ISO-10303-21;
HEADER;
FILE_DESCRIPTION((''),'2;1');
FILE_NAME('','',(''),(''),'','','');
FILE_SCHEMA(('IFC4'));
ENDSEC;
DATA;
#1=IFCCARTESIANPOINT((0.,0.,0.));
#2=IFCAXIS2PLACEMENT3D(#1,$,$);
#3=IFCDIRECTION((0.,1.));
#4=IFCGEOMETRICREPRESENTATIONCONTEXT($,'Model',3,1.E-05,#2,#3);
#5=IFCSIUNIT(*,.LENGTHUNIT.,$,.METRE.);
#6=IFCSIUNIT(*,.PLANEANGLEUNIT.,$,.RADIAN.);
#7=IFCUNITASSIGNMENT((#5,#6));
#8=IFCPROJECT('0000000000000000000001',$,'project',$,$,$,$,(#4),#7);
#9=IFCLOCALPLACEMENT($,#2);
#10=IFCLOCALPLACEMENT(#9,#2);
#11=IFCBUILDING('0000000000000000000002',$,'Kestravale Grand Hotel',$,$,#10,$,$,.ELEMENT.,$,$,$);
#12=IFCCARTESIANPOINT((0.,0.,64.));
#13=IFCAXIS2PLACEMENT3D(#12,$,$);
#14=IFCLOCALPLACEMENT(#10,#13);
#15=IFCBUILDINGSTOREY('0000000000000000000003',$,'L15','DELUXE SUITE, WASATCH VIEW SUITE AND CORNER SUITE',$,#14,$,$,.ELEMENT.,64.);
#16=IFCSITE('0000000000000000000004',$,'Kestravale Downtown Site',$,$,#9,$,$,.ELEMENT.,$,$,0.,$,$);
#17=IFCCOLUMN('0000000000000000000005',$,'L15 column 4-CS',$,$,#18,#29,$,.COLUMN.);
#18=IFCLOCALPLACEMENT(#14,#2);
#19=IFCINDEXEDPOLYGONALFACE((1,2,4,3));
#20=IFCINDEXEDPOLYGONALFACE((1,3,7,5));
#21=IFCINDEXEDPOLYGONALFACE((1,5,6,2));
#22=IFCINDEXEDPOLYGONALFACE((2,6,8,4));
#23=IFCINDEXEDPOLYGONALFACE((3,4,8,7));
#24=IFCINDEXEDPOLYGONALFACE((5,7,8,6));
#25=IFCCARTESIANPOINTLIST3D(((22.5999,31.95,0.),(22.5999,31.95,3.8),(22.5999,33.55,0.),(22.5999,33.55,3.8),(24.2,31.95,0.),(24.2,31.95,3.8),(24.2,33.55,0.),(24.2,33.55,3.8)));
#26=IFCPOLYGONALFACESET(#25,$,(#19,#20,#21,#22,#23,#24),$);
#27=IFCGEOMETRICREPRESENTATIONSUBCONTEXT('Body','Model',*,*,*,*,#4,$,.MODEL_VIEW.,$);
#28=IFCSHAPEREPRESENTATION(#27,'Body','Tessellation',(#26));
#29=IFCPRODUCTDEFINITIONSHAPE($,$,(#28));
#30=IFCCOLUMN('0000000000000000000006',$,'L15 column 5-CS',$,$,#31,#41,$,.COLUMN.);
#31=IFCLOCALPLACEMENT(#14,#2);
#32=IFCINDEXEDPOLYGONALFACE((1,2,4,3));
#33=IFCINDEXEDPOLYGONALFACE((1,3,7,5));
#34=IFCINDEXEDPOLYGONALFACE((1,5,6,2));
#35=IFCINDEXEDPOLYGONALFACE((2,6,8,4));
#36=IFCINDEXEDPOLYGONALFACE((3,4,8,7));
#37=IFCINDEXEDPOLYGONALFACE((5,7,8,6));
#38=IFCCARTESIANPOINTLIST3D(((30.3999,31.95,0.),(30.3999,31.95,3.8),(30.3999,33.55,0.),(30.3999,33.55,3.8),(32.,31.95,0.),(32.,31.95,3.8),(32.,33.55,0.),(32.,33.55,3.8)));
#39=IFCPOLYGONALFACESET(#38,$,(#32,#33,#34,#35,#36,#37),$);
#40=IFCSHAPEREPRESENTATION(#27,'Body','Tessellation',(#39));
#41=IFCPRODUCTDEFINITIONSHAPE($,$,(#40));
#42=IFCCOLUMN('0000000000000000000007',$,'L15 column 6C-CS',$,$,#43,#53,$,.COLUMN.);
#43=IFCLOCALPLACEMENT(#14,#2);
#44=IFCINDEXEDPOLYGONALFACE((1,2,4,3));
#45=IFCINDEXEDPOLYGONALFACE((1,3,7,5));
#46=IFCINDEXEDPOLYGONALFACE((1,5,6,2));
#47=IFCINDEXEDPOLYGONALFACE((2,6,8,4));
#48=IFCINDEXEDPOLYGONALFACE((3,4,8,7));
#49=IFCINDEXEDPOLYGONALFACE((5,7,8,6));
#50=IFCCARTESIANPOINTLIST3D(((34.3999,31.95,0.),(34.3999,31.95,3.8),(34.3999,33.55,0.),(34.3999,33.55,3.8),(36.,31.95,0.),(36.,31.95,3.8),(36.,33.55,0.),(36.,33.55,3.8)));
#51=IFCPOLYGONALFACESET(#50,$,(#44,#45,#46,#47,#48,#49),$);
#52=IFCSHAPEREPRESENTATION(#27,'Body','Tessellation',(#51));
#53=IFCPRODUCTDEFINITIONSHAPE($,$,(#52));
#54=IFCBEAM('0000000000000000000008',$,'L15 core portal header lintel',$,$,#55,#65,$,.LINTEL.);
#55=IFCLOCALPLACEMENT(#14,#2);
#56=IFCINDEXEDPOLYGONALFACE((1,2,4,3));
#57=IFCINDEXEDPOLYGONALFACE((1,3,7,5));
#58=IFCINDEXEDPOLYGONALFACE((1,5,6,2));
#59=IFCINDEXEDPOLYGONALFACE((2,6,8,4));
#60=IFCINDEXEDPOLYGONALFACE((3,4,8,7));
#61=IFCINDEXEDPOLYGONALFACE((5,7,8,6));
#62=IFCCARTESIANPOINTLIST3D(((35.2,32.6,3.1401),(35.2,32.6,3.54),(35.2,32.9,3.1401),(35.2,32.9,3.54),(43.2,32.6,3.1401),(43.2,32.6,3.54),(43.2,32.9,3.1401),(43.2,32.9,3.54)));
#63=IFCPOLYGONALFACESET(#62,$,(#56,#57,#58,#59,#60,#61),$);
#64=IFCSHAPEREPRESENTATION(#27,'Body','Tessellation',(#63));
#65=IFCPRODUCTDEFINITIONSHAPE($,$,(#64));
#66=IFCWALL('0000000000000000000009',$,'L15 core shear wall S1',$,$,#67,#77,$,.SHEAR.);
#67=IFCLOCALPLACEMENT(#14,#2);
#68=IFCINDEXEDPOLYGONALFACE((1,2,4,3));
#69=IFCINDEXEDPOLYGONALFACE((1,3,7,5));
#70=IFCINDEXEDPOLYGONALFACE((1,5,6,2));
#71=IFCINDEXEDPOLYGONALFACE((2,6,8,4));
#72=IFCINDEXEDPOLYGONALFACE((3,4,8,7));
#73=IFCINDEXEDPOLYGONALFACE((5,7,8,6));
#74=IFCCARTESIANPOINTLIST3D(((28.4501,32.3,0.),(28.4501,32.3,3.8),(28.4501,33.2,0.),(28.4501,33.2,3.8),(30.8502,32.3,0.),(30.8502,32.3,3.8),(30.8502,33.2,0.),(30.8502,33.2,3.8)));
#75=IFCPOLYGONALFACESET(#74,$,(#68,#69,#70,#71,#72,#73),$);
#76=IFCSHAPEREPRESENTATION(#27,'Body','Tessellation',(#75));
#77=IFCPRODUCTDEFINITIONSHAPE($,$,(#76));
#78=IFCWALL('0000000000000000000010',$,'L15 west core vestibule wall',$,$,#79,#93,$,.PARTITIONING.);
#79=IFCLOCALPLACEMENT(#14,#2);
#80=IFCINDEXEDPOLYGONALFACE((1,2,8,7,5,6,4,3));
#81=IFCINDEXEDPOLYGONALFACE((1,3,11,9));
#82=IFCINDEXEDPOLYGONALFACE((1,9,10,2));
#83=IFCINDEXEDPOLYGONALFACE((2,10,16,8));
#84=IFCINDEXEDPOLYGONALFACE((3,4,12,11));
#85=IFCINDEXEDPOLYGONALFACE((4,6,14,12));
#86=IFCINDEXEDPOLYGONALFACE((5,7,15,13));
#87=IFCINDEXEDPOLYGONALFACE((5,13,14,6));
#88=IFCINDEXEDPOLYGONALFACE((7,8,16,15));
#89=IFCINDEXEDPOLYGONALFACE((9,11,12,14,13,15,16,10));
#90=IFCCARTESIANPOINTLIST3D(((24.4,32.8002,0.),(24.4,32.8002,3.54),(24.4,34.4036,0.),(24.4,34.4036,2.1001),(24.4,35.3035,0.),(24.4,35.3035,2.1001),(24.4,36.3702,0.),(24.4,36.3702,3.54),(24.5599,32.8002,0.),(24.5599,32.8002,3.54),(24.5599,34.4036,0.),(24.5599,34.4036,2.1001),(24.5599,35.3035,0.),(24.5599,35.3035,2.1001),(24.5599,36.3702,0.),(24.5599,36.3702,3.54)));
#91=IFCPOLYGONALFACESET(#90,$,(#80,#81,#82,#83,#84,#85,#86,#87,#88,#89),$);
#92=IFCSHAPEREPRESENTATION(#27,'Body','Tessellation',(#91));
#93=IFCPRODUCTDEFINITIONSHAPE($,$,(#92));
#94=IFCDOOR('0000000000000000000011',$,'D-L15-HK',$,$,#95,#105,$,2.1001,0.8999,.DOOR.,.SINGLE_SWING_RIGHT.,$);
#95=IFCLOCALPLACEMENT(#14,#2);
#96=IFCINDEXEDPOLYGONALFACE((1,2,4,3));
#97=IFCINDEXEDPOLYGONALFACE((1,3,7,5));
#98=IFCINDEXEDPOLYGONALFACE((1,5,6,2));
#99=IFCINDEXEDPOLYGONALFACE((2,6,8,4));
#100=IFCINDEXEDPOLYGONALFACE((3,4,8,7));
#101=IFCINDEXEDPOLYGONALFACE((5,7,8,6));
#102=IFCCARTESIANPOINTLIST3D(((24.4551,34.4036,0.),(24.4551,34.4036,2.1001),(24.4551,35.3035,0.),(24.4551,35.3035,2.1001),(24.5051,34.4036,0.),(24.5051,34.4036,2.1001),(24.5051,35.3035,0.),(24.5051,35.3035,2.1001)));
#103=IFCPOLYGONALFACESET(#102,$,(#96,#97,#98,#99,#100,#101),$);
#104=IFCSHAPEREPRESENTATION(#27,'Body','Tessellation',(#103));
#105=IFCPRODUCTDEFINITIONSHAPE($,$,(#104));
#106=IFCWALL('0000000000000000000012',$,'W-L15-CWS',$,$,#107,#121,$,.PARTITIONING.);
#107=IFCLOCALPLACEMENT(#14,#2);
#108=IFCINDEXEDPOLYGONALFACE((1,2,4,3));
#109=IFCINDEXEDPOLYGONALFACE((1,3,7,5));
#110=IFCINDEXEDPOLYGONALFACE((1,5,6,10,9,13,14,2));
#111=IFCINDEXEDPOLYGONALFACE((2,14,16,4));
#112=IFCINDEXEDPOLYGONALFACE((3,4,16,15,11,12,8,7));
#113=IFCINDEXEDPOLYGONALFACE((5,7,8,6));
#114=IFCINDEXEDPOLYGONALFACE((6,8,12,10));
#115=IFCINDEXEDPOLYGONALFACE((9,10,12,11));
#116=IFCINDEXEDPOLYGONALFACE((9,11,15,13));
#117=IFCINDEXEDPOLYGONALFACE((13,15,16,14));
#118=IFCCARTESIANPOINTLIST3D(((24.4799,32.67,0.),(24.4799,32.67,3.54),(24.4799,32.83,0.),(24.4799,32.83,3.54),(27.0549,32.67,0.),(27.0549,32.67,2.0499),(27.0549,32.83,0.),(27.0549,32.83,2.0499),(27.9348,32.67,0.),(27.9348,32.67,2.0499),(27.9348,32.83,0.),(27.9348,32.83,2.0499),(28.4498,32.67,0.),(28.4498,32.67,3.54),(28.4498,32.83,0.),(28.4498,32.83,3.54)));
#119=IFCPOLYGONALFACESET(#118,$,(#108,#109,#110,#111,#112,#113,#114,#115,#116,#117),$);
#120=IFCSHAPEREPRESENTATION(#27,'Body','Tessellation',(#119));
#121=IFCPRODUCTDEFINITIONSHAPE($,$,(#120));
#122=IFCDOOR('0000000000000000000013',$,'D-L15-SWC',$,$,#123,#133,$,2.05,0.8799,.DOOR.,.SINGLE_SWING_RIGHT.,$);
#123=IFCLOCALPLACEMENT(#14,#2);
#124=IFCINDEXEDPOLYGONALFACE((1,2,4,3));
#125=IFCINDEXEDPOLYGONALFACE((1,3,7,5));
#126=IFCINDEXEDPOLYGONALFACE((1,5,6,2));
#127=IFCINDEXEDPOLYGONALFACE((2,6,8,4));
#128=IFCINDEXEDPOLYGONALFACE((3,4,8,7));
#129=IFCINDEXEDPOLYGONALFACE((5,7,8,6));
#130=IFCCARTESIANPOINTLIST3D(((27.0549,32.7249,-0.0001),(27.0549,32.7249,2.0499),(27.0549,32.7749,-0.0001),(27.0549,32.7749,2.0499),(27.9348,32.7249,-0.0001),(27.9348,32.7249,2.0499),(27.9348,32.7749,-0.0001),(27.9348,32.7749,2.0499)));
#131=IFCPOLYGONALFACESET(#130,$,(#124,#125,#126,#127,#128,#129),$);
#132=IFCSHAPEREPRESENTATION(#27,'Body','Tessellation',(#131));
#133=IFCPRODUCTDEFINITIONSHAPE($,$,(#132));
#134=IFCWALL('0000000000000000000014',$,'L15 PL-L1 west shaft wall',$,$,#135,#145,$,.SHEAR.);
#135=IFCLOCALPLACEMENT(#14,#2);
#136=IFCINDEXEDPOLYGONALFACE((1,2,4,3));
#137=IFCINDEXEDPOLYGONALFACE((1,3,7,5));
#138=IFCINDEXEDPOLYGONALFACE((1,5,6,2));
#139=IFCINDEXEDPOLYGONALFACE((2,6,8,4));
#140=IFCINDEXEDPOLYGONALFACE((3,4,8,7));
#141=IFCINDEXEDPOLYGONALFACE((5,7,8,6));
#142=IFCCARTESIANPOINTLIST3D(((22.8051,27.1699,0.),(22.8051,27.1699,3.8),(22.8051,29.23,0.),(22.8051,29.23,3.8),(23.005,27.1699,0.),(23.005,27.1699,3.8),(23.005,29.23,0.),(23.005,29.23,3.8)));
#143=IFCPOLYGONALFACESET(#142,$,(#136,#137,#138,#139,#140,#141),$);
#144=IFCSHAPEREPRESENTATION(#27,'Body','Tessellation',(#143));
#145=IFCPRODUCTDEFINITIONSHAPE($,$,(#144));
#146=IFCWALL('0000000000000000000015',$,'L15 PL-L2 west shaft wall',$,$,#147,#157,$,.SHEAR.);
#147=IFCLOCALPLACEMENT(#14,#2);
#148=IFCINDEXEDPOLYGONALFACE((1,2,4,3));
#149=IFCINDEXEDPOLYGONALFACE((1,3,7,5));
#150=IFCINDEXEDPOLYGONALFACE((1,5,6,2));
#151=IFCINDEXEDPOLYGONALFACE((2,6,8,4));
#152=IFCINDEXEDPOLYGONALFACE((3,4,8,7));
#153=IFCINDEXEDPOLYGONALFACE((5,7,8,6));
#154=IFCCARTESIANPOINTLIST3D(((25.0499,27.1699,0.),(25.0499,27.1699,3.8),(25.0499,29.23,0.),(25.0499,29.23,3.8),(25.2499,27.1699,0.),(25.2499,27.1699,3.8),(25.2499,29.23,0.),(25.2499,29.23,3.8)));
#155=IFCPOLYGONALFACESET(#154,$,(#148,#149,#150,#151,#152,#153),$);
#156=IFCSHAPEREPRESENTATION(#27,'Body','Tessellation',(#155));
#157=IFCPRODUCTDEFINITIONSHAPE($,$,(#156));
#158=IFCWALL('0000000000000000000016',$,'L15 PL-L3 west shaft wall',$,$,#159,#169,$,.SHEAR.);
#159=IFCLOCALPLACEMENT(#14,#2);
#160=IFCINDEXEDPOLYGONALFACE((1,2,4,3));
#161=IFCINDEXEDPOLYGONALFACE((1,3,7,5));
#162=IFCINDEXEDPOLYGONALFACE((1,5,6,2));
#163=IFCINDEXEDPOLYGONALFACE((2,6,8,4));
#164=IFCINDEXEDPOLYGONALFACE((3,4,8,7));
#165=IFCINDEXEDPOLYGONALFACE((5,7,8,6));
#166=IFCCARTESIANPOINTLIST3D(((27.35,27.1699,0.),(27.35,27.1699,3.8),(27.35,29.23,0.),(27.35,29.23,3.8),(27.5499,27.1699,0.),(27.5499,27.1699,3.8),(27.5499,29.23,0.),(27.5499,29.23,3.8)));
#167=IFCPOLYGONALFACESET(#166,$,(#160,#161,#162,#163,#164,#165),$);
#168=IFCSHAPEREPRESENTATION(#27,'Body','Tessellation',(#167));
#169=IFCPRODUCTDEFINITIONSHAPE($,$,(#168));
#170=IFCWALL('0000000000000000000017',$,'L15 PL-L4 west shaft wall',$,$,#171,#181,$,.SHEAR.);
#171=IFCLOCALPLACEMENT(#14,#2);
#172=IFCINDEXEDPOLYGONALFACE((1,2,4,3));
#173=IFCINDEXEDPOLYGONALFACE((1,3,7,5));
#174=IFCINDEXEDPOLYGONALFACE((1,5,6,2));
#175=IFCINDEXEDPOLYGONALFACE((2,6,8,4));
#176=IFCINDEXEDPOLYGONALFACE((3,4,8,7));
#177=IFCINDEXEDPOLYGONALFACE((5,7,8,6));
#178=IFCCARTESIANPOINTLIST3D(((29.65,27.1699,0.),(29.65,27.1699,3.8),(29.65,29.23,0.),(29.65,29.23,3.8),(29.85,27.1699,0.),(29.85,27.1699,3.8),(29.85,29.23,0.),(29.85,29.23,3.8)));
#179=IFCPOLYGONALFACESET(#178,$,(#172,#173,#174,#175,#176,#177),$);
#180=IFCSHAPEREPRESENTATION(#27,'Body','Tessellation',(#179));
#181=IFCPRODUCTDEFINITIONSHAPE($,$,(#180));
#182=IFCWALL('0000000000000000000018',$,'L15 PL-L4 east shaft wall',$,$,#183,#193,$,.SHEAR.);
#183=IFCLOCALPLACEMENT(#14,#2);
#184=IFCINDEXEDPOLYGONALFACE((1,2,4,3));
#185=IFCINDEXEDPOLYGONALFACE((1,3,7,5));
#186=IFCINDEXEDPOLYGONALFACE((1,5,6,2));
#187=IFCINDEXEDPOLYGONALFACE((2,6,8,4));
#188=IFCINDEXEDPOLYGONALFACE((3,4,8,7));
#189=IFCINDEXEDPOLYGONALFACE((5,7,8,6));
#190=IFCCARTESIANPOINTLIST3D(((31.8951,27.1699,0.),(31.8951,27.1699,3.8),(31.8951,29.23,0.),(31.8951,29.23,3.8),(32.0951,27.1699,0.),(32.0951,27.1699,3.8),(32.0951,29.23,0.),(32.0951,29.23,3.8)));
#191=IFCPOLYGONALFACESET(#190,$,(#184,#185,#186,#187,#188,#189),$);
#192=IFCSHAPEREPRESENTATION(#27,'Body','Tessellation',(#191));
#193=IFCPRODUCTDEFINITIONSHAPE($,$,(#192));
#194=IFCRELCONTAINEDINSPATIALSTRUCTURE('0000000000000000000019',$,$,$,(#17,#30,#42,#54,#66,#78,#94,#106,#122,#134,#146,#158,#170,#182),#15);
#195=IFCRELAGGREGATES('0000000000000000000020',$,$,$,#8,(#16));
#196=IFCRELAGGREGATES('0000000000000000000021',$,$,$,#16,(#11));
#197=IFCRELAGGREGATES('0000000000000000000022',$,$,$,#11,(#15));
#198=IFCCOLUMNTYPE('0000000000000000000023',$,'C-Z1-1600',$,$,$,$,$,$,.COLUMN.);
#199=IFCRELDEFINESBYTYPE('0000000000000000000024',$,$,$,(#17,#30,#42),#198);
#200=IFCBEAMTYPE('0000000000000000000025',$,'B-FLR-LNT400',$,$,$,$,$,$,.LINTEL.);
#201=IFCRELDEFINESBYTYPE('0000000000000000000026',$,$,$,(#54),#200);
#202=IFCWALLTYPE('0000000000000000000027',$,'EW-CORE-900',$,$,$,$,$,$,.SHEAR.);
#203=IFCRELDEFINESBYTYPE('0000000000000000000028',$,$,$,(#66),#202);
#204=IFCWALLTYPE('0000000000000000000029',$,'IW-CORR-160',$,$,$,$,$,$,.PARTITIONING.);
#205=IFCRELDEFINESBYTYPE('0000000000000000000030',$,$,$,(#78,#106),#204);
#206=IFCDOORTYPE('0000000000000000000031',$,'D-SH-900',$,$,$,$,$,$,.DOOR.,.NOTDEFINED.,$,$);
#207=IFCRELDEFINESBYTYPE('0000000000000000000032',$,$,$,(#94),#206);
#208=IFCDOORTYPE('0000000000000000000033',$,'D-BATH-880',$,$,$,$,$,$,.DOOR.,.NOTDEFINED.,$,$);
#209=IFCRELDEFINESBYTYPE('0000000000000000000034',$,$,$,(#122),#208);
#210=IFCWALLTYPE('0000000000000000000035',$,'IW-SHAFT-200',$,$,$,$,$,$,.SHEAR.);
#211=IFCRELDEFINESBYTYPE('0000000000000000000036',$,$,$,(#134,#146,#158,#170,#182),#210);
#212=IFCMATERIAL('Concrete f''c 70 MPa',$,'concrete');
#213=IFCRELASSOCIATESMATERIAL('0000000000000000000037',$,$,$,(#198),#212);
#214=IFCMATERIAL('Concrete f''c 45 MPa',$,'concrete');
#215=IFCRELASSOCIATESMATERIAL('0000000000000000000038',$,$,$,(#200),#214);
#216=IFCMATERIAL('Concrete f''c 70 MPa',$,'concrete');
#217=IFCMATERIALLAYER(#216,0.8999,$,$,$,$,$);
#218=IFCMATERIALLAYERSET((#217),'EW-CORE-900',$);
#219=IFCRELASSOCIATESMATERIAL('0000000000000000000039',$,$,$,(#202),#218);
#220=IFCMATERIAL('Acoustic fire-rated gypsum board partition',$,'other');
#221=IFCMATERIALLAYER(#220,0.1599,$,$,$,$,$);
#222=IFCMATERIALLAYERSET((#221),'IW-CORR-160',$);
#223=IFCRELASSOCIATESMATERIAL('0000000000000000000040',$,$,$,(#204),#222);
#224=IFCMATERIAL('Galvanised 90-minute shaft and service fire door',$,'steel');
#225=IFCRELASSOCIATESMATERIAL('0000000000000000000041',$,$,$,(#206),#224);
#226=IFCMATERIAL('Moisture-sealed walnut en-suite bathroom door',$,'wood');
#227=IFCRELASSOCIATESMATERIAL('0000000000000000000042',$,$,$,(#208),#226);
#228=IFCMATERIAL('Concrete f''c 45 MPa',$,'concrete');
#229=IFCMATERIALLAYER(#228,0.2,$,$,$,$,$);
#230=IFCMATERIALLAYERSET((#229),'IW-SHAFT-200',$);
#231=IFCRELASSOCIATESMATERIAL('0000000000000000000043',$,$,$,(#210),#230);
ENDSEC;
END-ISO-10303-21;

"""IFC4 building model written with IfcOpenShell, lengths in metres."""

from ifc_helpers import new_model, si_unit, direction, frame, frame_2d, origin, origin_2d, place, context, subcontext, project, spatial, rectangle, extrude, material, layer, layer_set, material_profile, profile_set, type_object, element, fill, save


model = new_model("IFC4")

# Units and contexts
model_context = context("Model", 3, precision=1e-05, world=origin(), true_north=direction((0.0, 1.0)))
body_context = subcontext(model_context, "Body", "Model", "MODEL_VIEW")
ifc_project = project(units=[si_unit("LENGTHUNIT", "METRE"), si_unit("PLANEANGLEUNIT", "RADIAN")], contexts=[model_context])

# Site, building, storey
site_placement = place(None, origin())
site = spatial("IfcSite", under=ifc_project, at=site_placement, Name="Kestravale Downtown Site", CompositionType="ELEMENT", RefElevation=0.0)
building_placement = place(site_placement, origin())
building = spatial("IfcBuilding", under=site, at=building_placement, Name="Kestravale Grand Hotel", CompositionType="ELEMENT")
storey_placement = place(building_placement, frame((0.0, 0.0, 64.0)))
storey = spatial("IfcBuildingStorey", under=building, at=storey_placement, Name="L15", Description="DELUXE SUITE, WASATCH VIEW SUITE AND CORNER SUITE", CompositionType="ELEMENT", Elevation=64.0)

# Columns
ifc_material_1 = material(Name="Concrete f'c 70 MPa", Category="concrete")
ifc_material_profile_1 = material_profile(ifc_material_1, rectangle(XDim=1.6001, YDim=1.6001, at=origin_2d()))
ifc_profile_set_1 = profile_set([ifc_material_profile_1], Name="Concrete f'c 70 MPa")
column_type = type_object("IfcColumnType", Name="C-Z1-1600", PredefinedType="COLUMN", material=ifc_profile_set_1)
for number, where, z_axis, x_axis, name in (
    (1, (23.3999, 32.75, 0.0), (0.0, 0.0, 1.0), (1.0, 0.0, 0.0), "L15 column 4-CS"),
    (2, (31.2, 32.75, 0.0), (0.0, 0.0, 1.0), (1.0, 0.0, 0.0), "L15 column 5-CS"),
    (3, (35.2, 32.75, 0.0), (0.0, 0.0, 1.0), (1.0, 0.0, 0.0), "L15 column 6C-CS"),
):
    element("IfcColumn", number, at=place(storey_placement, frame(where, z_axis=z_axis, x_axis=x_axis)), inside=storey, type_object=column_type, Name=name, PredefinedType="COLUMN", context=body_context, shape_type="SweptSolid", body=[
        extrude(rectangle(XDim=1.6001, YDim=1.6001, at=origin_2d()), origin(), (0.0, 0.0, 1.0), 3.8),
    ])

# Beam
ifc_material_2 = material(Name="Concrete f'c 45 MPa", Category="concrete")
ifc_material_profile_2 = material_profile(ifc_material_2, rectangle(XDim=0.3, YDim=0.3999, at=origin_2d()))
ifc_profile_set_2 = profile_set([ifc_material_profile_2], Name="Concrete f'c 45 MPa")
beam_type = type_object("IfcBeamType", Name="B-FLR-LNT400", PredefinedType="LINTEL", material=ifc_profile_set_2)
beam_placement = place(storey_placement, frame((35.2, 32.75, 3.3401), z_axis=(1.0, 0.0, 0.0), x_axis=(0.0, 1.0, 0.0)))
element("IfcBeam", 4, at=beam_placement, inside=storey, type_object=beam_type, Name="L15 core portal header lintel", PredefinedType="LINTEL", context=body_context, shape_type="SweptSolid", body=[
    extrude(rectangle(XDim=0.3, YDim=0.3999, at=origin_2d()), origin(), (0.0, 0.0, 1.0), 8.0),
])

# Wall
ifc_material_3 = material(Name="Concrete f'c 70 MPa", Category="concrete")
ifc_layer_1 = layer(ifc_material_3, 0.8999)
ifc_layer_set_1 = layer_set([ifc_layer_1], Name="EW-CORE-900")
wall_type_1 = type_object("IfcWallType", Name="EW-CORE-900", PredefinedType="SHEAR", material=ifc_layer_set_1)
wall_1_placement = place(storey_placement, frame((28.45, 32.75, 0.0), z_axis=(0.0, 0.0, 1.0), x_axis=(1.0, 0.0, 0.0)))
element("IfcWall", 5, at=wall_1_placement, inside=storey, type_object=wall_type_1, Name="L15 core shear wall S1", PredefinedType="SHEAR", context=body_context, shape_type="SweptSolid", body=[
    extrude(rectangle(XDim=2.4001, YDim=0.8999, at=frame_2d((1.2002, 0.0))), origin(), (0.0, 0.0, 1.0), 3.8),
])

# Walls, openings, doors
ifc_material_4 = material(Name="Acoustic fire-rated gypsum board partition", Category="other")
ifc_layer_2 = layer(ifc_material_4, 0.1599)
ifc_layer_set_2 = layer_set([ifc_layer_2], Name="IW-CORR-160")
wall_type_2 = type_object("IfcWallType", Name="IW-CORR-160", PredefinedType="PARTITIONING", material=ifc_layer_set_2)
wall_2_placement = place(storey_placement, frame((24.48, 32.8, 0.0), z_axis=(0.0, 0.0, 1.0), x_axis=(0.0, 1.0, 0.0)))
wall_2 = element("IfcWall", 6, at=wall_2_placement, inside=storey, type_object=wall_type_2, Name="L15 west core vestibule wall", PredefinedType="PARTITIONING", context=body_context, shape_type="SweptSolid", body=[
    extrude(rectangle(XDim=3.5701, YDim=0.1599, at=frame_2d((1.7852, 0.0))), origin(), (0.0, 0.0, 1.0), 3.54),
])
opening_1_placement = place(wall_2_placement, frame((1.6035, 0.0, 0.0)))
opening_1 = element("IfcOpeningElement", 7, at=opening_1_placement, cuts=wall_2, PredefinedType="OPENING", context=body_context, shape_type="SweptSolid", body=[
    extrude(rectangle(XDim=0.8999, YDim=2.1001, at=frame_2d((0.45, 1.05))), frame((0.0, 0.0898, 0.0), z_axis=(0.0, -1.0, 0.0), x_axis=(1.0, 0.0, 0.0)), (0.0, 0.0, 1.0), 0.1799),
])
ifc_material_5 = material(Name="Galvanised 90-minute shaft and service fire door", Category="steel")
door_type_1 = type_object("IfcDoorType", Name="D-SH-900", OperationType="NOTDEFINED", PredefinedType="DOOR", material=ifc_material_5)
door_1_placement = place(opening_1_placement, origin())
door_1 = element("IfcDoor", 8, at=door_1_placement, inside=storey, type_object=door_type_1, Name="D-L15-HK", OperationType="SINGLE_SWING_RIGHT", OverallHeight=2.1001, OverallWidth=0.8999, PredefinedType="DOOR", context=body_context, shape_type="SweptSolid", body=[
    extrude(rectangle(XDim=0.8999, YDim=2.1001, at=frame_2d((0.45, 1.05))), frame((0.0, 0.0249, 0.0), z_axis=(0.0, -1.0, 0.0), x_axis=(1.0, 0.0, 0.0)), (0.0, 0.0, 1.0), 0.05),
])
fill(opening_1, door_1)
wall_3_placement = place(storey_placement, frame((24.48, 32.75, 0.0), z_axis=(0.0, 0.0, 1.0), x_axis=(1.0, 0.0, 0.0)))
wall_3 = element("IfcWall", 9, at=wall_3_placement, inside=storey, type_object=wall_type_2, Name="W-L15-CWS", PredefinedType="PARTITIONING", context=body_context, shape_type="SweptSolid", body=[
    extrude(rectangle(XDim=3.97, YDim=0.1599, at=frame_2d((1.9849, 0.0))), origin(), (0.0, 0.0, 1.0), 3.54),
])
opening_2_placement = place(wall_3_placement, frame((2.575, 0.0, 0.0)))
opening_2 = element("IfcOpeningElement", 10, at=opening_2_placement, cuts=wall_3, PredefinedType="OPENING", context=body_context, shape_type="SweptSolid", body=[
    extrude(rectangle(XDim=0.8799, YDim=2.05, at=frame_2d((0.4399, 1.0249))), frame((0.0, 0.0898, 0.0), z_axis=(0.0, -1.0, 0.0), x_axis=(1.0, 0.0, 0.0)), (0.0, 0.0, 1.0), 0.1799),
])
ifc_material_6 = material(Name="Moisture-sealed walnut en-suite bathroom door", Category="wood")
door_type_2 = type_object("IfcDoorType", Name="D-BATH-880", OperationType="NOTDEFINED", PredefinedType="DOOR", material=ifc_material_6)
door_2_placement = place(opening_2_placement, origin())
door_2 = element("IfcDoor", 11, at=door_2_placement, inside=storey, type_object=door_type_2, Name="D-L15-SWC", OperationType="SINGLE_SWING_RIGHT", OverallHeight=2.05, OverallWidth=0.8799, PredefinedType="DOOR", context=body_context, shape_type="SweptSolid", body=[
    extrude(rectangle(XDim=0.8799, YDim=2.05, at=frame_2d((0.4399, 1.0249))), frame((0.0, 0.0249, 0.0), z_axis=(0.0, -1.0, 0.0), x_axis=(1.0, 0.0, 0.0)), (0.0, 0.0, 1.0), 0.05),
])
fill(opening_2, door_2)

# Walls
ifc_material_7 = material(Name="Concrete f'c 45 MPa", Category="concrete")
ifc_layer_3 = layer(ifc_material_7, 0.2)
ifc_layer_set_3 = layer_set([ifc_layer_3], Name="IW-SHAFT-200")
wall_type_3 = type_object("IfcWallType", Name="IW-SHAFT-200", PredefinedType="SHEAR", material=ifc_layer_set_3)
for number, where, z_axis, x_axis, name in (
    (12, (22.905, 27.1699, 0.0), (0.0, 0.0, 1.0), (0.0, 1.0, 0.0), "L15 PL-L1 west shaft wall"),
    (13, (25.1499, 27.1699, 0.0), (0.0, 0.0, 1.0), (0.0, 1.0, 0.0), "L15 PL-L2 west shaft wall"),
    (14, (27.45, 27.1699, 0.0), (0.0, 0.0, 1.0), (0.0, 1.0, 0.0), "L15 PL-L3 west shaft wall"),
    (15, (29.75, 27.1699, 0.0), (0.0, 0.0, 1.0), (0.0, 1.0, 0.0), "L15 PL-L4 west shaft wall"),
    (16, (31.9951, 27.1699, 0.0), (0.0, 0.0, 1.0), (0.0, 1.0, 0.0), "L15 PL-L4 east shaft wall"),
):
    element("IfcWall", number, at=place(storey_placement, frame(where, z_axis=z_axis, x_axis=x_axis)), inside=storey, type_object=wall_type_3, Name=name, PredefinedType="SHEAR", context=body_context, shape_type="SweptSolid", body=[
        extrude(rectangle(XDim=2.0601, YDim=0.2, at=frame_2d((1.03, 0.0))), origin(), (0.0, 0.0, 1.0), 3.8),
    ])

save(model, "model.ifc")
